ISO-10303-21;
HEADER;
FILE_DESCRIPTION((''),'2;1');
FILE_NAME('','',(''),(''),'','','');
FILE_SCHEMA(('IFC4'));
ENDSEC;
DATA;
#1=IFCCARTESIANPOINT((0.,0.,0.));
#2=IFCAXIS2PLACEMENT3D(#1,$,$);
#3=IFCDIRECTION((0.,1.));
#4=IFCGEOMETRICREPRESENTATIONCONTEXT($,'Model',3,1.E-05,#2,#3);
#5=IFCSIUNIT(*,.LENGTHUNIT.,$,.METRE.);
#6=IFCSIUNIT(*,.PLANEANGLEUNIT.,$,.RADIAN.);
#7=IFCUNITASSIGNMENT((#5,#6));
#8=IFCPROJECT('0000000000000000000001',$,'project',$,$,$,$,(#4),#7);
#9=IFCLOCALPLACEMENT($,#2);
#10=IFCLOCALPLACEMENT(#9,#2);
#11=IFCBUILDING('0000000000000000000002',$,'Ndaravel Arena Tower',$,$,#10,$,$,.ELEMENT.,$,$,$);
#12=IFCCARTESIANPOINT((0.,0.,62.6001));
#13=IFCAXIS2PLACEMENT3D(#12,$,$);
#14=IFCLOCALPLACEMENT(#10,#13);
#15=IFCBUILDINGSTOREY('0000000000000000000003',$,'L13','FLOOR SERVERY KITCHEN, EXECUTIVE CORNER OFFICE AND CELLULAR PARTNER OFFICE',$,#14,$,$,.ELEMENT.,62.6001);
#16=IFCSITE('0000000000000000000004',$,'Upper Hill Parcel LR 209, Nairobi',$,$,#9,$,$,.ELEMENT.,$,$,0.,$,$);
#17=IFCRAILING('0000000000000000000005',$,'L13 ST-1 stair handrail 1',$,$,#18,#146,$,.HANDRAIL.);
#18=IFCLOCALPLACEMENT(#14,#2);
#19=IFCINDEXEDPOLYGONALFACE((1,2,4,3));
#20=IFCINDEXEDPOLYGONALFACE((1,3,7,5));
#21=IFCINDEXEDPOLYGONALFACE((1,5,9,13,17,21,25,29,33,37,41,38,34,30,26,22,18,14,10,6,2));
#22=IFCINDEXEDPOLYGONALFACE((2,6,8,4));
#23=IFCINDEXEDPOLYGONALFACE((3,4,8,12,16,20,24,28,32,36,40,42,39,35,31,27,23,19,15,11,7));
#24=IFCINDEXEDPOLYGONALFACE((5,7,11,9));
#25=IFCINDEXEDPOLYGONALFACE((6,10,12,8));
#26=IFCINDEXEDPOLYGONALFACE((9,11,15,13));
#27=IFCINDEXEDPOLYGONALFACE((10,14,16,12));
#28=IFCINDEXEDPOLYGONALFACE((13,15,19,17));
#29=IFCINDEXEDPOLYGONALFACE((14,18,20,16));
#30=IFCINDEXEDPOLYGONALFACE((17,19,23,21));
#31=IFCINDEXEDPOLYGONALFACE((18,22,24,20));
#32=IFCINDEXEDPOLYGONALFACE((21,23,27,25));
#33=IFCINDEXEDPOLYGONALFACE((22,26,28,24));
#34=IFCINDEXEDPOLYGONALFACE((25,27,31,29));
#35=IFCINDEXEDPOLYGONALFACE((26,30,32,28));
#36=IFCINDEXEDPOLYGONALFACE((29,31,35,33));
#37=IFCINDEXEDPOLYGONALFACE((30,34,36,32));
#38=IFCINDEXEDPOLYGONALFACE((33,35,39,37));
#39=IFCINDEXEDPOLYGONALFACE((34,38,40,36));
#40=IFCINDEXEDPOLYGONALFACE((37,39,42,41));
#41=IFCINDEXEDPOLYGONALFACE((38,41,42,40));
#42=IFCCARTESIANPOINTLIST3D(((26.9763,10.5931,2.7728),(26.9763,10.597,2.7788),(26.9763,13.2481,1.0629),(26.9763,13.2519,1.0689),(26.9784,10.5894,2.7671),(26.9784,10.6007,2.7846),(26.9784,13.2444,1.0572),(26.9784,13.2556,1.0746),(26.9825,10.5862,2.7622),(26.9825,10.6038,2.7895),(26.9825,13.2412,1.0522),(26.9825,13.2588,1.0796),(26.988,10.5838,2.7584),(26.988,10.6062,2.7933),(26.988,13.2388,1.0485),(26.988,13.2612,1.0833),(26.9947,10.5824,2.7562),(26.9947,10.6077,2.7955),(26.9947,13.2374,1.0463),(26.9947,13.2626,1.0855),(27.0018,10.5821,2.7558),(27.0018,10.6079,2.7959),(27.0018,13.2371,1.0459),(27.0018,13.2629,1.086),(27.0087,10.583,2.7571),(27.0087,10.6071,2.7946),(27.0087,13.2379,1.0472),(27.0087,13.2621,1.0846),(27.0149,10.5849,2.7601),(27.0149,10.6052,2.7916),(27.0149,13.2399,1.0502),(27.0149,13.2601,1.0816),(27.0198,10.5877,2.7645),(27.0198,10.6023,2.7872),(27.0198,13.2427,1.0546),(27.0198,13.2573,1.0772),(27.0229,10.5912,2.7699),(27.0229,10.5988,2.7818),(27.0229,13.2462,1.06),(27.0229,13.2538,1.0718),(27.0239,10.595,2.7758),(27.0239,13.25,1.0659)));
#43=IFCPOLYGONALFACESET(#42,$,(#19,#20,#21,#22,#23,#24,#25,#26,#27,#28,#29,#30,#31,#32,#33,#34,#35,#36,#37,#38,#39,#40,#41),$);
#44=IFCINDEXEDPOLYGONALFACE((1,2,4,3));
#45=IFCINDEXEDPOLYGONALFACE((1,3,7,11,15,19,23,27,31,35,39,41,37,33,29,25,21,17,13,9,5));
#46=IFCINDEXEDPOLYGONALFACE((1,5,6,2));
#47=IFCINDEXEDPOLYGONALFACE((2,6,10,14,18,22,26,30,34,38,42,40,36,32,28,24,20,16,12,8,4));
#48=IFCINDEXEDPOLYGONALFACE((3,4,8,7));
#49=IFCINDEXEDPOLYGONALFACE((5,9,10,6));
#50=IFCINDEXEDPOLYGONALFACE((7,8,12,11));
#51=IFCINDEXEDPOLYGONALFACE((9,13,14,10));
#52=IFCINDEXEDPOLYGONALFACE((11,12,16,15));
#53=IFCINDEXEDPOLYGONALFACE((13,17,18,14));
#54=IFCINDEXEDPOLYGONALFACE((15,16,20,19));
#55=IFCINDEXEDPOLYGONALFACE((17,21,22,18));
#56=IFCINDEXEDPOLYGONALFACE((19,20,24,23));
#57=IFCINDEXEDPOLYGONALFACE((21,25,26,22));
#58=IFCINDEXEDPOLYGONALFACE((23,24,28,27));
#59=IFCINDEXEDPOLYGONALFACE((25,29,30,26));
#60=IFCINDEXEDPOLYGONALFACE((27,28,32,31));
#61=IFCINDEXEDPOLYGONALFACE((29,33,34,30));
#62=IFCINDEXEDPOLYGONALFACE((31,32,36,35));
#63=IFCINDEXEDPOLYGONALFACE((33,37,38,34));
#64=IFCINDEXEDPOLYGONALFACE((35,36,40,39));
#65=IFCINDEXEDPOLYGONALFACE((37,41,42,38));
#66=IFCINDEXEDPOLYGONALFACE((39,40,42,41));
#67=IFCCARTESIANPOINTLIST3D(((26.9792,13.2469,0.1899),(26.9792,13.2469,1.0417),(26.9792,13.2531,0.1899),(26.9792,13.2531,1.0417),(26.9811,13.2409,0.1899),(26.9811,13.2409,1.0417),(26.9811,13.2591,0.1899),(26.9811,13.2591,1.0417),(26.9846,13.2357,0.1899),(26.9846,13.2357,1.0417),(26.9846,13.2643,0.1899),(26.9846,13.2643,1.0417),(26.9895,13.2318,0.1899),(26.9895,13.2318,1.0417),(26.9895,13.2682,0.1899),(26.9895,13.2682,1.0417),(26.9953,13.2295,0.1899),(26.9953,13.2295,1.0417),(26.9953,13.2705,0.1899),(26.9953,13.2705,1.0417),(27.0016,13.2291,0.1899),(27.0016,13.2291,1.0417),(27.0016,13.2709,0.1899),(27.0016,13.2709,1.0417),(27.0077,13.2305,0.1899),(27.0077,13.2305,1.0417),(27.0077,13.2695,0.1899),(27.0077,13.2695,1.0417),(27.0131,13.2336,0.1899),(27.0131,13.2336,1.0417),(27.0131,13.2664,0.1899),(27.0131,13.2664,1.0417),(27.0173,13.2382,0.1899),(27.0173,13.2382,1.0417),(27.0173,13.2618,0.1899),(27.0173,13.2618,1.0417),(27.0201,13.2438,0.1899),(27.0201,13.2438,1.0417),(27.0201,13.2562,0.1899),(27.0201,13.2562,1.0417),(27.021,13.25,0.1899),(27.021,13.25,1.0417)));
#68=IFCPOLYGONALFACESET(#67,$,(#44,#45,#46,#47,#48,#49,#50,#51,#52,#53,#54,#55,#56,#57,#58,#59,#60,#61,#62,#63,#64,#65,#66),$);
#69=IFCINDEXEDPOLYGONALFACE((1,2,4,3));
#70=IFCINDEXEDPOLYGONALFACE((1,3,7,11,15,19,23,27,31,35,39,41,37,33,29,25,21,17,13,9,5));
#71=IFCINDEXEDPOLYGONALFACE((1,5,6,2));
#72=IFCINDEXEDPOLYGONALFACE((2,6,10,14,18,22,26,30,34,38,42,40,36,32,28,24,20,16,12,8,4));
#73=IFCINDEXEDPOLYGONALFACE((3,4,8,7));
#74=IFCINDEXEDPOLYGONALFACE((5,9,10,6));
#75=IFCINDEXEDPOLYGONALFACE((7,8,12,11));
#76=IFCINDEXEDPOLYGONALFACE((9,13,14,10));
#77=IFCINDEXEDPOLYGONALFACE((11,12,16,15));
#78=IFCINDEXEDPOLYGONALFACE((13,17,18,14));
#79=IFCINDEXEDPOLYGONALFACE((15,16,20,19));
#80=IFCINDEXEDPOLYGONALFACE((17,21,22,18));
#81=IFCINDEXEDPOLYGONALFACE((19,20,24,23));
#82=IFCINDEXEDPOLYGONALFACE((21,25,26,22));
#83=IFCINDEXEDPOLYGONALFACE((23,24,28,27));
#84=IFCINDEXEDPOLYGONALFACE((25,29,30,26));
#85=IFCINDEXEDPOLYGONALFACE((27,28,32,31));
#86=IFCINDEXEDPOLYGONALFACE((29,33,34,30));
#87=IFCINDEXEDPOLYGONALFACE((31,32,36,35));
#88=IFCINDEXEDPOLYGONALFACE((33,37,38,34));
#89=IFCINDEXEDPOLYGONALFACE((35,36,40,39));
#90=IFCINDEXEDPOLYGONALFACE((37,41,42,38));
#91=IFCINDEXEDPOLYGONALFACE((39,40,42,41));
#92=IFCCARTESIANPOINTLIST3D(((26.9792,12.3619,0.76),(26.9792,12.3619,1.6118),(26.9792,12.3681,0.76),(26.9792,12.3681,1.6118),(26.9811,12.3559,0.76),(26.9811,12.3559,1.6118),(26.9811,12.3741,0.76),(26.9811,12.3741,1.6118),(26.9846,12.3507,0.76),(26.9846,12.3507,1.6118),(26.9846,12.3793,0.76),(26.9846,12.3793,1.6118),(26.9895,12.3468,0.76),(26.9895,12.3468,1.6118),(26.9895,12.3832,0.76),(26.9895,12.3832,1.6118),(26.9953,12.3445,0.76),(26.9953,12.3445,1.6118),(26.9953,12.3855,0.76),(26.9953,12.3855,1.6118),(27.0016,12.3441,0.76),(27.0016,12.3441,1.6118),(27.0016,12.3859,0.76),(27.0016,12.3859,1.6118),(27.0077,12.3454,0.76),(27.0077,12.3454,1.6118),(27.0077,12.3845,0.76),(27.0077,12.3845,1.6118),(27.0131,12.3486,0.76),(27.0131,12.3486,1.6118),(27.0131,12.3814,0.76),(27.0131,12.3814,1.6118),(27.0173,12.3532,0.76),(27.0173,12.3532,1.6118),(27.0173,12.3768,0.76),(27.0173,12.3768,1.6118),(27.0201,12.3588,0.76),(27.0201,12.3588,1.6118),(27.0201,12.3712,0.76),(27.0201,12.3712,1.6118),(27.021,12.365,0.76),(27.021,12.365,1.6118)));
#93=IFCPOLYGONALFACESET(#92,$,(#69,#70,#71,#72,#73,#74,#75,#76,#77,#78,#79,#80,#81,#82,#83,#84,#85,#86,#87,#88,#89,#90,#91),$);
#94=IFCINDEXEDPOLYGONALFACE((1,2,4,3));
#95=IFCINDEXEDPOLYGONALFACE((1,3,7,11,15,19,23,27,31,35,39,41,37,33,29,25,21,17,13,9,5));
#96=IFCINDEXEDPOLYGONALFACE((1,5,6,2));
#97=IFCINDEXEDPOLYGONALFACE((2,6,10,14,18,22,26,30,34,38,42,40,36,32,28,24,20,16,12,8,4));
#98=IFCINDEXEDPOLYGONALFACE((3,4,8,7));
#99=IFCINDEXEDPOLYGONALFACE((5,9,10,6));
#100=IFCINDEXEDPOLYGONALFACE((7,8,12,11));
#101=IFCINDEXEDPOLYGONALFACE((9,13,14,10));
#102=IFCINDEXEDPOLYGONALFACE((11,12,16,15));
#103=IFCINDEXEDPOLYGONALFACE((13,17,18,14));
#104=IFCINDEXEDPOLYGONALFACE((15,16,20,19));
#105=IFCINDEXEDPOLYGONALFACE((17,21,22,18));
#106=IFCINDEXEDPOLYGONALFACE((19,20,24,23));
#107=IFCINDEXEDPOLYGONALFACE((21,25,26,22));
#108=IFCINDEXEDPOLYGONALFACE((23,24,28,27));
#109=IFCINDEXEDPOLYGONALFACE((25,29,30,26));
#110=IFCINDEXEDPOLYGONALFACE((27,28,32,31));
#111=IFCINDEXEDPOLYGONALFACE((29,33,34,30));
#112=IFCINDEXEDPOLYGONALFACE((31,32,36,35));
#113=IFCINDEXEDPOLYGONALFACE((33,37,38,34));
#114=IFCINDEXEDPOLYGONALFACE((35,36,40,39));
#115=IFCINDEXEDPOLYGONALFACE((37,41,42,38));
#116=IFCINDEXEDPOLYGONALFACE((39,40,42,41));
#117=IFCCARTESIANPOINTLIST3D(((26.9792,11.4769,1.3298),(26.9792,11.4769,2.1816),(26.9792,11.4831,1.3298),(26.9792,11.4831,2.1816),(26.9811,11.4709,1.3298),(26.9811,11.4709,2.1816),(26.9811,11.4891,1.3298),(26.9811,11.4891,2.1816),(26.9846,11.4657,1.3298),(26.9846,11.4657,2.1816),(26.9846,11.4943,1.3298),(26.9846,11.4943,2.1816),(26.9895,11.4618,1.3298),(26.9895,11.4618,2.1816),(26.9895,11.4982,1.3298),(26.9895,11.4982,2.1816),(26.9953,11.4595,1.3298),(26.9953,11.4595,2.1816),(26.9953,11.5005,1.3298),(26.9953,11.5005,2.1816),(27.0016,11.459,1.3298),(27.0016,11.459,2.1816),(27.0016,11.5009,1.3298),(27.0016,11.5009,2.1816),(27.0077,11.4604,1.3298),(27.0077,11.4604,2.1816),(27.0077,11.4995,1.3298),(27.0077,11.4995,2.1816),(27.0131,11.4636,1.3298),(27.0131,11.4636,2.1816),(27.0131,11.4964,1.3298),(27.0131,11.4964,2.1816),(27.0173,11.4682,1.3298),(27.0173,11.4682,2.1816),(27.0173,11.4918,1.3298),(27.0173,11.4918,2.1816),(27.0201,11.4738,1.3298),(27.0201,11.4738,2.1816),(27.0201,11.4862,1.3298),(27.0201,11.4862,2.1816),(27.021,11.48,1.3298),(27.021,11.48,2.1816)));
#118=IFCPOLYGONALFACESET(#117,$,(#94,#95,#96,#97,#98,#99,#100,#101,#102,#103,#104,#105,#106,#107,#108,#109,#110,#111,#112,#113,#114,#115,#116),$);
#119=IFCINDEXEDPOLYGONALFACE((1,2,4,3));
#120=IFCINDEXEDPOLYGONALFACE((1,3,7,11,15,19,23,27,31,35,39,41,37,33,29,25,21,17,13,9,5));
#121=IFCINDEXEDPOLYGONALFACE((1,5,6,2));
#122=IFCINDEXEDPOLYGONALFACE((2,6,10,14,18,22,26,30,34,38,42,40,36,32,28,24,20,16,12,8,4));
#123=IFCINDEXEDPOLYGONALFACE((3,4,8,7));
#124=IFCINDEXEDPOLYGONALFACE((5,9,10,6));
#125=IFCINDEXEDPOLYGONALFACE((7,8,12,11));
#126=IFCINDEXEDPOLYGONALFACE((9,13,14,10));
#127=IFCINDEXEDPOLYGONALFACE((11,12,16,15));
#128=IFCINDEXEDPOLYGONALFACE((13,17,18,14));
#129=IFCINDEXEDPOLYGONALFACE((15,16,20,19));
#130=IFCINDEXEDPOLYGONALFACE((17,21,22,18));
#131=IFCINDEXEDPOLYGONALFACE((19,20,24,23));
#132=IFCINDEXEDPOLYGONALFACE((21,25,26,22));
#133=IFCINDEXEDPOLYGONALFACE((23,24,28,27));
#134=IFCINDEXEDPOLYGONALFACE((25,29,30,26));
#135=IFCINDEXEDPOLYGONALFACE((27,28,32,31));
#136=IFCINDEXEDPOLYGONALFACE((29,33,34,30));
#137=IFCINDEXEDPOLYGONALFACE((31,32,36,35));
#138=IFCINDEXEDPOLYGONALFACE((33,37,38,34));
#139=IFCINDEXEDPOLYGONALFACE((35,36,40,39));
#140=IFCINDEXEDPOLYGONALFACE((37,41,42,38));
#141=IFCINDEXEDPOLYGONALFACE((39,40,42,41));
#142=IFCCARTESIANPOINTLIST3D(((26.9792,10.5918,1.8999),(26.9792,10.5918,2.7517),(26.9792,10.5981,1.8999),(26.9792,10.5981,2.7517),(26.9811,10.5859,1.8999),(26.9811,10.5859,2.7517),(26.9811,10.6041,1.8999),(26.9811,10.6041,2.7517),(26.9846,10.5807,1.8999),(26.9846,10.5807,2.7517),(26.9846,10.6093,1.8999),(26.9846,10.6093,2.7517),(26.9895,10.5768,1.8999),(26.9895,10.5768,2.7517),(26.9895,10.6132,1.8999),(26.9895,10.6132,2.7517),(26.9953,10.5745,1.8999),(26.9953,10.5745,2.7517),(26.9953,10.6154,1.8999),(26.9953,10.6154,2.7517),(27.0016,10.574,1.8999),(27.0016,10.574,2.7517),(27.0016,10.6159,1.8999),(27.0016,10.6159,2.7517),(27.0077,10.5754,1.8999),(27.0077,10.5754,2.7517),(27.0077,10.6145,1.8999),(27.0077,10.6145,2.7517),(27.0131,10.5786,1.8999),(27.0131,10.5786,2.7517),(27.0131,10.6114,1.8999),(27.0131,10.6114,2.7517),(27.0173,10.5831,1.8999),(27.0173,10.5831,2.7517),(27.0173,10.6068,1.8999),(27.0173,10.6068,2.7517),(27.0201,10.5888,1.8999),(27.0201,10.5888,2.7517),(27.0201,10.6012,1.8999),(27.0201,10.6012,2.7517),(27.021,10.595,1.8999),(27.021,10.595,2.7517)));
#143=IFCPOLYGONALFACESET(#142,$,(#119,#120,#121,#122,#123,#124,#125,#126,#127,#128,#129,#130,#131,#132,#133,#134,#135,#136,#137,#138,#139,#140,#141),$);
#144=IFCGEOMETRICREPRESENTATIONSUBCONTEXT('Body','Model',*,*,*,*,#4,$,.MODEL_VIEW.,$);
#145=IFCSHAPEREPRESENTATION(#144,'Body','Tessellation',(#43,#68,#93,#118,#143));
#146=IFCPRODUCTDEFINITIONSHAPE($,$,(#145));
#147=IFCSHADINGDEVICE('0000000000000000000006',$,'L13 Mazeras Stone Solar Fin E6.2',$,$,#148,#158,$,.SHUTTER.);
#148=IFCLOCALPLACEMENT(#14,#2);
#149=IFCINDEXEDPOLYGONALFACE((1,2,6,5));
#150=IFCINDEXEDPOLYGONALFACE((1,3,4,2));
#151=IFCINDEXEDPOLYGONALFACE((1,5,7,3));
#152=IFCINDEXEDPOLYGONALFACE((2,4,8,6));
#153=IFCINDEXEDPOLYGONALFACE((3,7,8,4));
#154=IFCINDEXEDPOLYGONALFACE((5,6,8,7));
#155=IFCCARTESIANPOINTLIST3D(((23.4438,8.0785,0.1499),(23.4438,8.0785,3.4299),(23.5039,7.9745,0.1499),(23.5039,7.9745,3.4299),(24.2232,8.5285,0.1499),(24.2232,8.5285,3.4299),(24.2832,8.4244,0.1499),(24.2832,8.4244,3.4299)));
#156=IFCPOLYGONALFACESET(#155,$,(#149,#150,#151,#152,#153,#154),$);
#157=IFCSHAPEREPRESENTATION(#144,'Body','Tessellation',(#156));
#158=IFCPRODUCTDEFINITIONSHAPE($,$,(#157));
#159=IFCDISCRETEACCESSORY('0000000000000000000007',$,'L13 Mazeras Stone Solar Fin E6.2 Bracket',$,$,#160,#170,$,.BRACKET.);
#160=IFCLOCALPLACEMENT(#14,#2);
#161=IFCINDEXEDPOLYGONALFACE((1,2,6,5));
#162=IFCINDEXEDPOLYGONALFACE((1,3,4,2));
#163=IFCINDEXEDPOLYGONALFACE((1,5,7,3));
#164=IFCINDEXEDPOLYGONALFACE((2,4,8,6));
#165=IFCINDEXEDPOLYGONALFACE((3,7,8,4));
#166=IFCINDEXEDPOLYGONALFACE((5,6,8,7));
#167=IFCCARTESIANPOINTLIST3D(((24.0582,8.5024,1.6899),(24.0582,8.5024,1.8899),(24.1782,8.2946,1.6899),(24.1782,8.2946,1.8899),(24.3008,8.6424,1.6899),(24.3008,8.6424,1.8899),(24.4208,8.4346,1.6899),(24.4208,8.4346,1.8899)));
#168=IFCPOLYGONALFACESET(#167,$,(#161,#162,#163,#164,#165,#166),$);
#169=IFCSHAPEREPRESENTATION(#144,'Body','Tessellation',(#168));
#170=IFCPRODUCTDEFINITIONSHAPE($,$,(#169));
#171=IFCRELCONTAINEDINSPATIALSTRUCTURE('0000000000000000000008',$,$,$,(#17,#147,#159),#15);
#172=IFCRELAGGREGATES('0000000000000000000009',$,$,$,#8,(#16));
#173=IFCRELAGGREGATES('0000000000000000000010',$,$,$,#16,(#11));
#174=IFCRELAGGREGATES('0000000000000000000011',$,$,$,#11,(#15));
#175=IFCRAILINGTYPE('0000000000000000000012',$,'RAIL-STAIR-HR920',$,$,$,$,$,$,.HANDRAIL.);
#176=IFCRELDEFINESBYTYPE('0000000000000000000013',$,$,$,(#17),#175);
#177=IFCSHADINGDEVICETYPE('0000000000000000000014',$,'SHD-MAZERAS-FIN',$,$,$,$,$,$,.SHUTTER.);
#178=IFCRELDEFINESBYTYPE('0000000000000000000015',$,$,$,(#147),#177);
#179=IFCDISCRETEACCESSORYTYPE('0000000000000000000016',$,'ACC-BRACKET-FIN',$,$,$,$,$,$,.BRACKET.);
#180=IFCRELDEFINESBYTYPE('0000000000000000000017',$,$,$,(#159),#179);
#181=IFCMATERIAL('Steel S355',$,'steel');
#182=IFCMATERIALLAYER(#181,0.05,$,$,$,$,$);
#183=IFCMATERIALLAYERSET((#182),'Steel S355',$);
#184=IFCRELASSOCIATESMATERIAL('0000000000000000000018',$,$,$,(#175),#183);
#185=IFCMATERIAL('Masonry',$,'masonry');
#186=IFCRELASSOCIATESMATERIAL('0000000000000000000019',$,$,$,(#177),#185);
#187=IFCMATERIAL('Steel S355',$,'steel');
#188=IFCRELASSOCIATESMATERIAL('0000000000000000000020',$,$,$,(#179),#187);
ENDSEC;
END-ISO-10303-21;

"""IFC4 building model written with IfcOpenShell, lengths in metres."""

from ifc_helpers import new_model, si_unit, direction, frame, origin, origin_2d, place, context, subcontext, project, spatial, rectangle, circle, extrude, material, layer, layer_set, type_object, element, save


model = new_model("IFC4")

# Units and contexts
model_context = context("Model", 3, precision=1e-05, world=origin(), true_north=direction((0.0, 1.0)))
body_context = subcontext(model_context, "Body", "Model", "MODEL_VIEW")
ifc_project = project(units=[si_unit("LENGTHUNIT", "METRE"), si_unit("PLANEANGLEUNIT", "RADIAN")], contexts=[model_context])

# Site, building, storey
site_placement = place(None, origin())
site = spatial("IfcSite", under=ifc_project, at=site_placement, Name="Upper Hill Parcel LR 209, Nairobi", CompositionType="ELEMENT", RefElevation=0.0)
building_placement = place(site_placement, origin())
building = spatial("IfcBuilding", under=site, at=building_placement, Name="Ndaravel Arena Tower", CompositionType="ELEMENT")
storey_placement = place(building_placement, frame((0.0, 0.0, 62.6001)))
storey = spatial("IfcBuildingStorey", under=building, at=storey_placement, Name="L13", Description="FLOOR SERVERY KITCHEN, EXECUTIVE CORNER OFFICE AND CELLULAR PARTNER OFFICE", CompositionType="ELEMENT", Elevation=62.6001)

# Railing
ifc_material_1 = material(Name="Steel S355", Category="steel")
ifc_layer_1 = layer(ifc_material_1, 0.05)
ifc_layer_set_1 = layer_set([ifc_layer_1], Name="Steel S355")
railing_type_1 = type_object("IfcRailingType", Name="RAIL-STAIR-HR920", PredefinedType="HANDRAIL", material=ifc_layer_set_1)
railing_1_placement = place(storey_placement, frame((27.0, 13.25, 0.1899)))
element("IfcRailing", 1, at=railing_1_placement, inside=storey, type_object=railing_type_1, Name="L13 ST-1 stair handrail 1", PredefinedType="HANDRAIL", context=body_context, shape_type="SweptSolid", body=[
    extrude(circle(Radius=0.0239, at=origin_2d()), frame((0.0, 0.0, 0.876), z_axis=(0.0, -0.840724, 0.541465), x_axis=(1.0, 0.0, 0.0)), (0.0, 0.0, 1.0), 3.158),
    extrude(circle(Radius=0.021, at=origin_2d()), origin(), (0.0, 0.0, 1.0), 0.8518),
    extrude(circle(Radius=0.021, at=origin_2d()), frame((0.0, -0.885, 0.5701)), (0.0, 0.0, 1.0), 0.8518),
    extrude(circle(Radius=0.021, at=origin_2d()), frame((0.0, -1.77, 1.1399)), (0.0, 0.0, 1.0), 0.8518),
    extrude(circle(Radius=0.021, at=origin_2d()), frame((0.0, -2.655, 1.71)), (0.0, 0.0, 1.0), 0.8518),
])

# Shading device
ifc_material_2 = material(Name="Masonry", Category="masonry")
shading_device_type = type_object("IfcShadingDeviceType", Name="SHD-MAZERAS-FIN", PredefinedType="SHUTTER", material=ifc_material_2)
shading_device_placement = place(storey_placement, frame((23.8635, 8.2515, 0.1499), z_axis=(0.0, 0.0, 1.0), x_axis=(-0.866025, -0.5, 0.0)))
element("IfcShadingDevice", 2, at=shading_device_placement, inside=storey, type_object=shading_device_type, Name="L13 Mazeras Stone Solar Fin E6.2", PredefinedType="SHUTTER", context=body_context, shape_type="SweptSolid", body=[
    extrude(rectangle(XDim=0.8999, YDim=0.1201, at=origin_2d()), origin(), (0.0, 0.0, 1.0), 3.28),
])

# Discrete accessory
ifc_material_3 = material(Name="Steel S355", Category="steel")
discrete_accessory_type = type_object("IfcDiscreteAccessoryType", Name="ACC-BRACKET-FIN", PredefinedType="BRACKET", material=ifc_material_3)
discrete_accessory_placement = place(storey_placement, frame((24.2395, 8.4685, 1.6899), z_axis=(0.0, 0.0, 1.0), x_axis=(-0.866025, -0.5, 0.0)))
element("IfcDiscreteAccessory", 3, at=discrete_accessory_placement, inside=storey, type_object=discrete_accessory_type, Name="L13 Mazeras Stone Solar Fin E6.2 Bracket", PredefinedType="BRACKET", context=body_context, shape_type="SweptSolid", body=[
    extrude(rectangle(XDim=0.28, YDim=0.24, at=origin_2d()), origin(), (0.0, 0.0, 1.0), 0.2),
])

save(model, "model.ifc")
